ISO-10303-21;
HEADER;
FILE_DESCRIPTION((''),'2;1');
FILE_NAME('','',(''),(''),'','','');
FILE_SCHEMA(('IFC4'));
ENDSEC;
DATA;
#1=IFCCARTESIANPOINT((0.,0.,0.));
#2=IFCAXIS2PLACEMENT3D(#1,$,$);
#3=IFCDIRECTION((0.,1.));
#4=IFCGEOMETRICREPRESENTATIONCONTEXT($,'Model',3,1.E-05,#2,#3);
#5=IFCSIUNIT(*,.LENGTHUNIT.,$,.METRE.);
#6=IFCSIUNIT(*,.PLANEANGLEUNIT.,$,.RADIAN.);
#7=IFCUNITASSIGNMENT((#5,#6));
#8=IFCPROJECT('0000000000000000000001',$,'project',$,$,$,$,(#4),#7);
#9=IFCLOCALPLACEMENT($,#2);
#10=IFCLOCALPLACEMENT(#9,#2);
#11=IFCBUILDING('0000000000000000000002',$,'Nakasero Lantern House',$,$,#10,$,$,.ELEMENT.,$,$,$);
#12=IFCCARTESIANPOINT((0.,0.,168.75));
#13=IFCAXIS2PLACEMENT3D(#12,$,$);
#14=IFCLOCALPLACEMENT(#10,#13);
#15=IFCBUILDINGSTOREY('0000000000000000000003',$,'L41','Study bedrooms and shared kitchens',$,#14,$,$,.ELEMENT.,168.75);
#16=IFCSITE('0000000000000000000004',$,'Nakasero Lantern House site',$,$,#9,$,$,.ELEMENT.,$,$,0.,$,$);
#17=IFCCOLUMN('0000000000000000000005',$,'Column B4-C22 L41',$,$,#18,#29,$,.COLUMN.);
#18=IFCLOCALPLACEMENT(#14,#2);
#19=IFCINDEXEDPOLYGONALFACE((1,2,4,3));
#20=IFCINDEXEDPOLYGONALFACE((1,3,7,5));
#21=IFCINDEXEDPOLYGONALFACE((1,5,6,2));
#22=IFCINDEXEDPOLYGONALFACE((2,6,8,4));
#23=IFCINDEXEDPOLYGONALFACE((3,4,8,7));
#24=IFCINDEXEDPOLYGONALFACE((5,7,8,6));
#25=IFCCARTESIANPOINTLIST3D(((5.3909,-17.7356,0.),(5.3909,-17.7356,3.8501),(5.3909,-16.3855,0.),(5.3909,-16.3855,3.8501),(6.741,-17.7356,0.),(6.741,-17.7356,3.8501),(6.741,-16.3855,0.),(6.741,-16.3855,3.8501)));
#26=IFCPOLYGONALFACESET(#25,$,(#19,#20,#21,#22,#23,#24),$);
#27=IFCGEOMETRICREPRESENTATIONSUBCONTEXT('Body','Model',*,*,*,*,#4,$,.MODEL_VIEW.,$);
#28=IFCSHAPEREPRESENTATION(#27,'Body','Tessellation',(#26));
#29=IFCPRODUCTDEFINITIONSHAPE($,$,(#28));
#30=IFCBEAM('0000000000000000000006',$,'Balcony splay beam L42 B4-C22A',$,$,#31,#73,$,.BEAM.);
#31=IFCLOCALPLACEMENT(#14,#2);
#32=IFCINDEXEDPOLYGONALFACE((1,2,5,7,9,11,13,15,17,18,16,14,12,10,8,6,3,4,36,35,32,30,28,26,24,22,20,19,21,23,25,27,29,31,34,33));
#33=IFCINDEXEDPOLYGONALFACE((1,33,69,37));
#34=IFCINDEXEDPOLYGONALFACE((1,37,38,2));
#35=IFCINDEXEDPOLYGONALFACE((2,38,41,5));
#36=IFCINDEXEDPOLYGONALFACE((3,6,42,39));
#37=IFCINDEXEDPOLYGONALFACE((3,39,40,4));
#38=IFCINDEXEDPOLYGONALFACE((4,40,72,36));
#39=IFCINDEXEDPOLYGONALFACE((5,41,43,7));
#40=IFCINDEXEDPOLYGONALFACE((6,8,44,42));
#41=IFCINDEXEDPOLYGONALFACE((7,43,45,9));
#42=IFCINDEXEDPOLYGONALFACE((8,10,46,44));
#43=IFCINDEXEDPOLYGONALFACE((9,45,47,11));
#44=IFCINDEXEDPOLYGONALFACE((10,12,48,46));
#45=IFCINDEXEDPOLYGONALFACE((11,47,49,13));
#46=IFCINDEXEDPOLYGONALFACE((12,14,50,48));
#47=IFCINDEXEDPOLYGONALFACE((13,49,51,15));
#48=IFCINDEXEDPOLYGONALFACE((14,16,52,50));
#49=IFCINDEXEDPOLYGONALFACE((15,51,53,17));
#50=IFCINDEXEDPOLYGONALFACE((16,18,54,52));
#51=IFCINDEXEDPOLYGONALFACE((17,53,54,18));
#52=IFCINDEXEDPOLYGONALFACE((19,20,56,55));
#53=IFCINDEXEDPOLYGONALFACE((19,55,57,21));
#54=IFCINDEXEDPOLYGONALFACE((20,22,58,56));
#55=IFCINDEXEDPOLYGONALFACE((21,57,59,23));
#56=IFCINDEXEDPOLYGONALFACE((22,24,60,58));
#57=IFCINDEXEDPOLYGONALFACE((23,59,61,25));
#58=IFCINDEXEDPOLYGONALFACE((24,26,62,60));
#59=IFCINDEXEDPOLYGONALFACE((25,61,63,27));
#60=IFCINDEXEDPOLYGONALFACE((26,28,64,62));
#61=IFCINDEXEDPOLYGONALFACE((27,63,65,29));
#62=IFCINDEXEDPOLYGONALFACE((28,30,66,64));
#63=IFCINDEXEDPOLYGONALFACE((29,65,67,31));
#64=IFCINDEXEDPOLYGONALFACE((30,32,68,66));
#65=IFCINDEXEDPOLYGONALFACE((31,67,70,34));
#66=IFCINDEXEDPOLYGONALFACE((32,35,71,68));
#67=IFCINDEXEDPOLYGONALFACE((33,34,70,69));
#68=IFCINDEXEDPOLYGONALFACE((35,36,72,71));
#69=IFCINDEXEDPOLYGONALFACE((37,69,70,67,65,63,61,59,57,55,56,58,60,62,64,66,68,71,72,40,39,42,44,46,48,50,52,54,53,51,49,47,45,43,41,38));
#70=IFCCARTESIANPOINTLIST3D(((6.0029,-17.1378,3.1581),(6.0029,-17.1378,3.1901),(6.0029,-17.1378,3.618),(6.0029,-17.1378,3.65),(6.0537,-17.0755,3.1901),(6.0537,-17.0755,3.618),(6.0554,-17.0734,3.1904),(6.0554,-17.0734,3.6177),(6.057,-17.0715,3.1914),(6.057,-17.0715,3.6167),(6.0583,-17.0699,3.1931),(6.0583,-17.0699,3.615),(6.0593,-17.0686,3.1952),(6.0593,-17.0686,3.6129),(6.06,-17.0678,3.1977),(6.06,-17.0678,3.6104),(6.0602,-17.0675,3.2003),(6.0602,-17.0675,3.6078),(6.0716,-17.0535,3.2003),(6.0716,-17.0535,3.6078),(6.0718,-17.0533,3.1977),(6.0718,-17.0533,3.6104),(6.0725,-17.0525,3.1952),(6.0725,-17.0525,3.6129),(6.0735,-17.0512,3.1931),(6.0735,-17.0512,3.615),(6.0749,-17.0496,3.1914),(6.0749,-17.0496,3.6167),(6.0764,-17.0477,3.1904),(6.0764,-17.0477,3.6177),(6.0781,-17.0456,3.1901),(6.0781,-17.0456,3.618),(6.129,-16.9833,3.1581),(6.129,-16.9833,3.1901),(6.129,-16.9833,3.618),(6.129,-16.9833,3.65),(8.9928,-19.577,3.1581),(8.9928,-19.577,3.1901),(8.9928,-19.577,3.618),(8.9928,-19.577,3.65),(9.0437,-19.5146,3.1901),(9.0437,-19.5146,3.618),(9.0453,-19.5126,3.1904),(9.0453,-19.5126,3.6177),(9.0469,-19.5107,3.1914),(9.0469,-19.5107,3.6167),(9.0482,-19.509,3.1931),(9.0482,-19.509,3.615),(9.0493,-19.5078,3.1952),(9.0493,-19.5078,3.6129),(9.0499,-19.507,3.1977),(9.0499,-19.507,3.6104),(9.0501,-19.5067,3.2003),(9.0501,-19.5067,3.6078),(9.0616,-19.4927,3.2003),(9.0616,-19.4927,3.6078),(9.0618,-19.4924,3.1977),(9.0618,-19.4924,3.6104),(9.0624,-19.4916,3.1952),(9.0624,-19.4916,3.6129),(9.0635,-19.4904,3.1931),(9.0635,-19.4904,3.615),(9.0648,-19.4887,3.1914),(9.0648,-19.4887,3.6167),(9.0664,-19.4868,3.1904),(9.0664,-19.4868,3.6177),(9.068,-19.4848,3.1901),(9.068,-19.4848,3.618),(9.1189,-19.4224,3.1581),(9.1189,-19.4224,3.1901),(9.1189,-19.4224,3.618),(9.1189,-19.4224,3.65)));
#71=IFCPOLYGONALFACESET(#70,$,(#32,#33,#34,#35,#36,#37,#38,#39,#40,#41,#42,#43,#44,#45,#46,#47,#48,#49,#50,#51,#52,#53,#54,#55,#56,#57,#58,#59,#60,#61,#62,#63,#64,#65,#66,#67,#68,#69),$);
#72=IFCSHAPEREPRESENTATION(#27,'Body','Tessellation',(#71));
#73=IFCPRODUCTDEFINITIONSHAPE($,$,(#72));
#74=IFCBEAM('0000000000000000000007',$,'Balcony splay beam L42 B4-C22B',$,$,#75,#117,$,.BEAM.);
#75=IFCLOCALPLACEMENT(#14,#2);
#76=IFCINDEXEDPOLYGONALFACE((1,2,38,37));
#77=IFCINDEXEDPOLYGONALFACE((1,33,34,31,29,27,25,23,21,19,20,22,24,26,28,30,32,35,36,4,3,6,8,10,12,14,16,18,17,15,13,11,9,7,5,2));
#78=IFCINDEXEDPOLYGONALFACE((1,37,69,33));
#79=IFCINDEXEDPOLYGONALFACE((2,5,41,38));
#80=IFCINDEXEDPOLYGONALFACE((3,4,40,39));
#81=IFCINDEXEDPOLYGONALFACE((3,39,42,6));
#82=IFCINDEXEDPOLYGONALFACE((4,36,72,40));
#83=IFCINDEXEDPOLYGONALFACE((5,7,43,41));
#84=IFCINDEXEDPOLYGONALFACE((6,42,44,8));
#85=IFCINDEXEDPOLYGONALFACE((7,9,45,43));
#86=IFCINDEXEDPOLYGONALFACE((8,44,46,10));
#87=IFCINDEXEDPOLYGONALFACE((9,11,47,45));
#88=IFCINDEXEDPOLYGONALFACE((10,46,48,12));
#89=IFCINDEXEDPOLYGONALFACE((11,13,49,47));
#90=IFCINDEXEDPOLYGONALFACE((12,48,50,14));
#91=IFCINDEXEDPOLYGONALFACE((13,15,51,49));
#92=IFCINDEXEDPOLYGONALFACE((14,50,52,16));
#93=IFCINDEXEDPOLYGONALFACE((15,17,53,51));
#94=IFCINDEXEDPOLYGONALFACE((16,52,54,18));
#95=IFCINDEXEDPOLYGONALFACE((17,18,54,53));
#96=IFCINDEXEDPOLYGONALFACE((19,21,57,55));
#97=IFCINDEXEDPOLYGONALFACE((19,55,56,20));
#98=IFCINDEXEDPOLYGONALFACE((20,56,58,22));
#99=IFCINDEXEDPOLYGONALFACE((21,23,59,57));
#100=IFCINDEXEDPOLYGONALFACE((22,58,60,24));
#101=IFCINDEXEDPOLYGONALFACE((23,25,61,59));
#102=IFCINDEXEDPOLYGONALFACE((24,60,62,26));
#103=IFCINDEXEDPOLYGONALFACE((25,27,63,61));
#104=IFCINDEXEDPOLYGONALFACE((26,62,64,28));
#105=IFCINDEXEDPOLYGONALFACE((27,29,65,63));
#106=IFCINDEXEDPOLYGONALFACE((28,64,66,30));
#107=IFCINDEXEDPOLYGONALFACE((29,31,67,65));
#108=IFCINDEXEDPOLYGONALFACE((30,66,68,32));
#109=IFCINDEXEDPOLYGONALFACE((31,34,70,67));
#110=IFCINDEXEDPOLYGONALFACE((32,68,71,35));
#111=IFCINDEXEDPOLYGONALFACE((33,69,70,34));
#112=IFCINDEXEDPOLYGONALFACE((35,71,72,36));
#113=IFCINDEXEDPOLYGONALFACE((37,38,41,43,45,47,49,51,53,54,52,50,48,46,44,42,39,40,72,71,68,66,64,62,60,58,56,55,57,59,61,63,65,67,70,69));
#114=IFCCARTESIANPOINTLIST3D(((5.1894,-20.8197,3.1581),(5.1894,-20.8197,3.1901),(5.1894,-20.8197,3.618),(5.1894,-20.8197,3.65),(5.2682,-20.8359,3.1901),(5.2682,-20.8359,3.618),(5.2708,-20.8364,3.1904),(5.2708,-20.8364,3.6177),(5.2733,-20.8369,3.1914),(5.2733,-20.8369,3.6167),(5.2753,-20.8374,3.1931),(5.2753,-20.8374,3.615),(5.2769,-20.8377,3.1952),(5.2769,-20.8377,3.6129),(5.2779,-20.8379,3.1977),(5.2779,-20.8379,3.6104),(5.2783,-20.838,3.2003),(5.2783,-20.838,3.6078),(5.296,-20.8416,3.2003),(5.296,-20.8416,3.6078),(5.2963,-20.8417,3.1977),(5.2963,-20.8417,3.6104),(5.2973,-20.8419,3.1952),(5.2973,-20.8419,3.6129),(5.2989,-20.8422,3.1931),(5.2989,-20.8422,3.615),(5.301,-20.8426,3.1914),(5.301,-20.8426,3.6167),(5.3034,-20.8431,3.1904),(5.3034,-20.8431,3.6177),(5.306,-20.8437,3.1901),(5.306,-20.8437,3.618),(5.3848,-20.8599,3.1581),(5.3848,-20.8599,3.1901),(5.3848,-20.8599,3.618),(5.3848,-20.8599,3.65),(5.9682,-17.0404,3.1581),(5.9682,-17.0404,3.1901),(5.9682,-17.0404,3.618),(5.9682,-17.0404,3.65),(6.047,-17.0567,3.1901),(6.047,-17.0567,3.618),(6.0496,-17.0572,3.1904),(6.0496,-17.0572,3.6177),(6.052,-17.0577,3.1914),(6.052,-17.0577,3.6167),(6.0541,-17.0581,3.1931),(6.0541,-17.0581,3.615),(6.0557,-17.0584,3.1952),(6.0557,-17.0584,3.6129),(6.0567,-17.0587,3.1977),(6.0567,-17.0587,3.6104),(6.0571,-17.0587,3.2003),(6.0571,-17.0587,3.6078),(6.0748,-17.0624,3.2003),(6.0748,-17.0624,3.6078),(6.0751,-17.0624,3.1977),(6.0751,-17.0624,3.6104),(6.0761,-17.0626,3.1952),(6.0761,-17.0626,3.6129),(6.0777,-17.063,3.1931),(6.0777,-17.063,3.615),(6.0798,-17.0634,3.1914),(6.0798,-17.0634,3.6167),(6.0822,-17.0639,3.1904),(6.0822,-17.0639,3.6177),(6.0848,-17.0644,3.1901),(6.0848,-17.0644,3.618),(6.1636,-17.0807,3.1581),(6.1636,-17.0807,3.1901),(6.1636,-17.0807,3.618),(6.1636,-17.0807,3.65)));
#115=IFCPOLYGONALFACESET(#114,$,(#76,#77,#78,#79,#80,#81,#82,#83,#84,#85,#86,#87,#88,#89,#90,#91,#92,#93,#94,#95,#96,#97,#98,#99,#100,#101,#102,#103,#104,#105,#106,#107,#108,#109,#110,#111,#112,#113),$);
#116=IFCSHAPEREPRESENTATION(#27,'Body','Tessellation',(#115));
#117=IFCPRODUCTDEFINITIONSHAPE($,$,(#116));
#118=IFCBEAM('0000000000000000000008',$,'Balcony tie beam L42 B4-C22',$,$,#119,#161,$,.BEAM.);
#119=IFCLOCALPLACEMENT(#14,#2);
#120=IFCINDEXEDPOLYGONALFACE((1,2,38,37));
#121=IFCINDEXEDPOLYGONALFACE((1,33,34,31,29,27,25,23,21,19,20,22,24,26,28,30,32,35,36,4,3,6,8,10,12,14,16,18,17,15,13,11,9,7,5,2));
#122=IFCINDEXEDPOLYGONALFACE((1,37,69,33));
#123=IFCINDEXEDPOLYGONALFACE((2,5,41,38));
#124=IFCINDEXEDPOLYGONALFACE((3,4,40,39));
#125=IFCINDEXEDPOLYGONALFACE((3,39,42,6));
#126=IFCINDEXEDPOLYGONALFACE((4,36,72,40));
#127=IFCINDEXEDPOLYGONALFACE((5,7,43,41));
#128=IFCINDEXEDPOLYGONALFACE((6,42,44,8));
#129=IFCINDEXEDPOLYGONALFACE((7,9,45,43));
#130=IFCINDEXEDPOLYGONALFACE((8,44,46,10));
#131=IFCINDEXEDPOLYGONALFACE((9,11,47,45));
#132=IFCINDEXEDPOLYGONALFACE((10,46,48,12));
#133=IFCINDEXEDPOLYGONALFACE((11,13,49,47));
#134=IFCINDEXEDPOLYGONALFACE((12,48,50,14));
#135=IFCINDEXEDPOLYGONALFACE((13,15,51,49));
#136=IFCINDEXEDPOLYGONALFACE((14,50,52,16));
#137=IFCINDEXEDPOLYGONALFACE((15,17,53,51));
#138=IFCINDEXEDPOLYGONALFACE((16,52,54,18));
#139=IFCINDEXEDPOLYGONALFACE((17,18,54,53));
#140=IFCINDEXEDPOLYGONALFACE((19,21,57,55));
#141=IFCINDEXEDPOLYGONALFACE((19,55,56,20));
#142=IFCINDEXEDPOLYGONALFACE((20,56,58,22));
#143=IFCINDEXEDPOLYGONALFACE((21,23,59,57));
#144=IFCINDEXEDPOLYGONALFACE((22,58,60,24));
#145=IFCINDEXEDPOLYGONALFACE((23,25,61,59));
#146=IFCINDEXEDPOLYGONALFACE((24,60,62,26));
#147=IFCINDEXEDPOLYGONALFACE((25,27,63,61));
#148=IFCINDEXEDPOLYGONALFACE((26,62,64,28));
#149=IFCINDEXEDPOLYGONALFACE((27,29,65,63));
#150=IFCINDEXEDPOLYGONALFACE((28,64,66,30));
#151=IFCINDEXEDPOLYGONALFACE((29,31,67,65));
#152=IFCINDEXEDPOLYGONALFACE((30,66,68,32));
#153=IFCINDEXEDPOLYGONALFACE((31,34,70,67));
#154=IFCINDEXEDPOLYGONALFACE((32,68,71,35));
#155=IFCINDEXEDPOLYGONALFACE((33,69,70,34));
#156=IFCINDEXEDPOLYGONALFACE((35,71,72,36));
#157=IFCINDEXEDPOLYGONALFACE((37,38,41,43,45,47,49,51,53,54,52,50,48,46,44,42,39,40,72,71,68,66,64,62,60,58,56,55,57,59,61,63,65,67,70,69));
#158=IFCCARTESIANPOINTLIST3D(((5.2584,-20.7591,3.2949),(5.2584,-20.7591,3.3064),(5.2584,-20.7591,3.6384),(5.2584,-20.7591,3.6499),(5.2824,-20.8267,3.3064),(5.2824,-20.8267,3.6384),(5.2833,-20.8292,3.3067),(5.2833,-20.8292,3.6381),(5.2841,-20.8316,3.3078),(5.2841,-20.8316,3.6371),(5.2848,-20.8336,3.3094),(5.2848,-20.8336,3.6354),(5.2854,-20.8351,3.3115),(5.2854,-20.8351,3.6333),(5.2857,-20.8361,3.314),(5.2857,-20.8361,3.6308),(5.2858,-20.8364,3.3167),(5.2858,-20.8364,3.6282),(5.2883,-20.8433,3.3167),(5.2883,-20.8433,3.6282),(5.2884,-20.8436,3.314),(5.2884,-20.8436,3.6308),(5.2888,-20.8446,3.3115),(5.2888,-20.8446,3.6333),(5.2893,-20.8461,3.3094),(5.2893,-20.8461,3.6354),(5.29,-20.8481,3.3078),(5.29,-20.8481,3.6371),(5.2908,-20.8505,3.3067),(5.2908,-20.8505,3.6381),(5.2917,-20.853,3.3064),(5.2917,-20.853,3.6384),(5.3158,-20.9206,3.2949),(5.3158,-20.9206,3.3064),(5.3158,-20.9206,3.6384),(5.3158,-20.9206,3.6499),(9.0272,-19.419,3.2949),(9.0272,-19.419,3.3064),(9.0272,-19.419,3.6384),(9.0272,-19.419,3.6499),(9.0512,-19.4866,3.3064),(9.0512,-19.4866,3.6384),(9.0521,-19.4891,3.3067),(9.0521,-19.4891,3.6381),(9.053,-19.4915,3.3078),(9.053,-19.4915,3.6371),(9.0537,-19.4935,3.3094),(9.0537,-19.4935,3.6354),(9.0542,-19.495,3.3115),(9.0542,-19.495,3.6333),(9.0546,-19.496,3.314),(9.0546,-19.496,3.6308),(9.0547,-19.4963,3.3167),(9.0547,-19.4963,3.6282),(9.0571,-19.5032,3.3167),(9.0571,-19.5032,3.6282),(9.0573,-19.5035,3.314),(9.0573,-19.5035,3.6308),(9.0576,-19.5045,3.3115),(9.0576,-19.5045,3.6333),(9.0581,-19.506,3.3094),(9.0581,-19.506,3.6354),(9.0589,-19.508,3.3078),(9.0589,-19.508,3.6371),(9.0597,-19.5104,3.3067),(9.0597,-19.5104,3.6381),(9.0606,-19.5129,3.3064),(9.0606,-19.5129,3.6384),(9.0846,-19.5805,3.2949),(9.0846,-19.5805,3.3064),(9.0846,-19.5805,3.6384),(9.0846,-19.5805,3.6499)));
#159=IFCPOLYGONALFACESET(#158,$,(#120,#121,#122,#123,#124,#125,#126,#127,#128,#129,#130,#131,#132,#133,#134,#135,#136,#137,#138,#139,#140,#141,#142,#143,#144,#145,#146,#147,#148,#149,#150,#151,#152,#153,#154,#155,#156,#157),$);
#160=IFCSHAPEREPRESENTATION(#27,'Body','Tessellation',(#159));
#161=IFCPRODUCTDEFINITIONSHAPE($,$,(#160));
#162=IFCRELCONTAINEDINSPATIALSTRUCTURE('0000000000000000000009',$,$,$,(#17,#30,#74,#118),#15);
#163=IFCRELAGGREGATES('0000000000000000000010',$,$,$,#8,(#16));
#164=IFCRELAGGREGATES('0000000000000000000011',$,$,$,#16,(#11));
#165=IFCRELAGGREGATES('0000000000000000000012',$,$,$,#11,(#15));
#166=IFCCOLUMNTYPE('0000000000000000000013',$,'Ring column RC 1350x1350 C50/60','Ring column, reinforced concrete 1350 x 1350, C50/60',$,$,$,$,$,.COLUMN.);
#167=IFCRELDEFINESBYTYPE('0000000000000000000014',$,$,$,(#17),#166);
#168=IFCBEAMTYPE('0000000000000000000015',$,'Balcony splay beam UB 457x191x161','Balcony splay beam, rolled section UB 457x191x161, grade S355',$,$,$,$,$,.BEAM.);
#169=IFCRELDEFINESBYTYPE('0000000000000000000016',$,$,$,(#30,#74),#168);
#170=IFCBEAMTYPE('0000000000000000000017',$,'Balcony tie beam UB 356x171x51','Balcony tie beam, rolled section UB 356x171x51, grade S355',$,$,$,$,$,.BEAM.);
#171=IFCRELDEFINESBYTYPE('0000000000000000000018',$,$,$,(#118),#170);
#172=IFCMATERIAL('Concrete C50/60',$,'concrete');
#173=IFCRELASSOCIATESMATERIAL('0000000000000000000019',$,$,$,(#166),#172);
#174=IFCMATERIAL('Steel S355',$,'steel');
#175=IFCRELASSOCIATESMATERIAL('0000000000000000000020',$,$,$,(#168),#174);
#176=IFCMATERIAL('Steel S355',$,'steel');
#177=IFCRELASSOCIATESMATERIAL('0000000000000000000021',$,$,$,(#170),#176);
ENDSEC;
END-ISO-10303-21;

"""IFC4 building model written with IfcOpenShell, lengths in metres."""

from ifc_helpers import new_model, si_unit, direction, frame, origin, origin_2d, place, context, subcontext, project, spatial, rectangle, i_section, extrude, material, material_profile, profile_set, type_object, element, save


model = new_model("IFC4")

# Units and contexts
model_context = context("Model", 3, precision=1e-05, world=origin(), true_north=direction((0.0, 1.0)))
body_context = subcontext(model_context, "Body", "Model", "MODEL_VIEW")
ifc_project = project(units=[si_unit("LENGTHUNIT", "METRE"), si_unit("PLANEANGLEUNIT", "RADIAN")], contexts=[model_context])

# Site, building, storey
site_placement = place(None, origin())
site = spatial("IfcSite", under=ifc_project, at=site_placement, Name="Nakasero Lantern House site", CompositionType="ELEMENT", RefElevation=0.0)
building_placement = place(site_placement, origin())
building = spatial("IfcBuilding", under=site, at=building_placement, Name="Nakasero Lantern House", CompositionType="ELEMENT")
storey_placement = place(building_placement, frame((0.0, 0.0, 168.75)))
storey = spatial("IfcBuildingStorey", under=building, at=storey_placement, Name="L41", Description="Study bedrooms and shared kitchens", CompositionType="ELEMENT", Elevation=168.75)

# Column
ifc_material_1 = material(Name="Concrete C50/60", Category="concrete")
ifc_material_profile_1 = material_profile(ifc_material_1, rectangle(XDim=1.3501, YDim=1.3501, at=origin_2d()), Name="RC 1350x1350")
ifc_profile_set_1 = profile_set([ifc_material_profile_1], Name="Concrete C50/60")
column_type = type_object("IfcColumnType", Name="Ring column RC 1350x1350 C50/60", Description="Ring column, reinforced concrete 1350 x 1350, C50/60", PredefinedType="COLUMN", material=ifc_profile_set_1)
column_placement = place(storey_placement, frame((6.0659, -17.0605, 0.0), z_axis=(0.0, 0.0, 1.0), x_axis=(1.0, 0.0, 0.0)))
element("IfcColumn", 1, at=column_placement, inside=storey, type_object=column_type, Name="Column B4-C22 L41", PredefinedType="COLUMN", context=body_context, shape_type="SweptSolid", body=[
    extrude(rectangle(XDim=1.3501, YDim=1.3501, at=origin_2d()), origin(), (0.0, 0.0, 1.0), 3.8501),
])

# Beams
ifc_material_2 = material(Name="Steel S355", Category="steel")
ifc_material_profile_2 = material_profile(ifc_material_2, i_section(OverallWidth=0.1995, OverallDepth=0.4919, WebThickness=0.0181, FlangeThickness=0.032, FilletRadius=0.0103, at=origin_2d()), Name="UB 457x191x161")
ifc_profile_set_2 = profile_set([ifc_material_profile_2], Name="Steel S355")
beam_type_1 = type_object("IfcBeamType", Name="Balcony splay beam UB 457x191x161", Description="Balcony splay beam, rolled section UB 457x191x161, grade S355", PredefinedType="BEAM", material=ifc_profile_set_2)
for number, where, z_axis, x_axis, name in (
    (2, (6.0659, -17.0605, 3.4041), (0.774864, -0.632128, 0.0), (0.632128, 0.774864, 0.0), "Balcony splay beam L42 B4-C22A"),
    (3, (6.0659, -17.0605, 3.4041), (-0.201831, -0.97942, 0.0), (0.97942, -0.201831, 0.0), "Balcony splay beam L42 B4-C22B"),
):
    element("IfcBeam", number, at=place(storey_placement, frame(where, z_axis=z_axis, x_axis=x_axis)), inside=storey, type_object=beam_type_1, Name=name, PredefinedType="BEAM", context=body_context, shape_type="SweptSolid", body=[
        extrude(i_section(OverallWidth=0.1995, OverallDepth=0.4919, WebThickness=0.0181, FlangeThickness=0.032, FilletRadius=0.0103, at=origin_2d()), origin(), (0.0, 0.0, 1.0), 3.8586),
    ])
ifc_material_3 = material(Name="Steel S355", Category="steel")
ifc_material_profile_3 = material_profile(ifc_material_3, i_section(OverallWidth=0.1714, OverallDepth=0.355, WebThickness=0.0073, FlangeThickness=0.0115, FilletRadius=0.0103, at=origin_2d()), Name="UB 356x171x51")
ifc_profile_set_3 = profile_set([ifc_material_profile_3], Name="Steel S355")
beam_type_2 = type_object("IfcBeamType", Name="Balcony tie beam UB 356x171x51", Description="Balcony tie beam, rolled section UB 356x171x51, grade S355", PredefinedType="BEAM", material=ifc_profile_set_3)
beam_1_placement = place(storey_placement, frame((9.0559, -19.4998, 3.4724), z_axis=(-0.942209, -0.335025, 0.0), x_axis=(0.335025, -0.942209, 0.0)))
element("IfcBeam", 4, at=beam_1_placement, inside=storey, type_object=beam_type_2, Name="Balcony tie beam L42 B4-C22", PredefinedType="BEAM", context=body_context, shape_type="SweptSolid", body=[
    extrude(i_section(OverallWidth=0.1714, OverallDepth=0.355, WebThickness=0.0073, FlangeThickness=0.0115, FilletRadius=0.0103, at=origin_2d()), origin(), (0.0, 0.0, 1.0), 4.0),
])

save(model, "model.ifc")
